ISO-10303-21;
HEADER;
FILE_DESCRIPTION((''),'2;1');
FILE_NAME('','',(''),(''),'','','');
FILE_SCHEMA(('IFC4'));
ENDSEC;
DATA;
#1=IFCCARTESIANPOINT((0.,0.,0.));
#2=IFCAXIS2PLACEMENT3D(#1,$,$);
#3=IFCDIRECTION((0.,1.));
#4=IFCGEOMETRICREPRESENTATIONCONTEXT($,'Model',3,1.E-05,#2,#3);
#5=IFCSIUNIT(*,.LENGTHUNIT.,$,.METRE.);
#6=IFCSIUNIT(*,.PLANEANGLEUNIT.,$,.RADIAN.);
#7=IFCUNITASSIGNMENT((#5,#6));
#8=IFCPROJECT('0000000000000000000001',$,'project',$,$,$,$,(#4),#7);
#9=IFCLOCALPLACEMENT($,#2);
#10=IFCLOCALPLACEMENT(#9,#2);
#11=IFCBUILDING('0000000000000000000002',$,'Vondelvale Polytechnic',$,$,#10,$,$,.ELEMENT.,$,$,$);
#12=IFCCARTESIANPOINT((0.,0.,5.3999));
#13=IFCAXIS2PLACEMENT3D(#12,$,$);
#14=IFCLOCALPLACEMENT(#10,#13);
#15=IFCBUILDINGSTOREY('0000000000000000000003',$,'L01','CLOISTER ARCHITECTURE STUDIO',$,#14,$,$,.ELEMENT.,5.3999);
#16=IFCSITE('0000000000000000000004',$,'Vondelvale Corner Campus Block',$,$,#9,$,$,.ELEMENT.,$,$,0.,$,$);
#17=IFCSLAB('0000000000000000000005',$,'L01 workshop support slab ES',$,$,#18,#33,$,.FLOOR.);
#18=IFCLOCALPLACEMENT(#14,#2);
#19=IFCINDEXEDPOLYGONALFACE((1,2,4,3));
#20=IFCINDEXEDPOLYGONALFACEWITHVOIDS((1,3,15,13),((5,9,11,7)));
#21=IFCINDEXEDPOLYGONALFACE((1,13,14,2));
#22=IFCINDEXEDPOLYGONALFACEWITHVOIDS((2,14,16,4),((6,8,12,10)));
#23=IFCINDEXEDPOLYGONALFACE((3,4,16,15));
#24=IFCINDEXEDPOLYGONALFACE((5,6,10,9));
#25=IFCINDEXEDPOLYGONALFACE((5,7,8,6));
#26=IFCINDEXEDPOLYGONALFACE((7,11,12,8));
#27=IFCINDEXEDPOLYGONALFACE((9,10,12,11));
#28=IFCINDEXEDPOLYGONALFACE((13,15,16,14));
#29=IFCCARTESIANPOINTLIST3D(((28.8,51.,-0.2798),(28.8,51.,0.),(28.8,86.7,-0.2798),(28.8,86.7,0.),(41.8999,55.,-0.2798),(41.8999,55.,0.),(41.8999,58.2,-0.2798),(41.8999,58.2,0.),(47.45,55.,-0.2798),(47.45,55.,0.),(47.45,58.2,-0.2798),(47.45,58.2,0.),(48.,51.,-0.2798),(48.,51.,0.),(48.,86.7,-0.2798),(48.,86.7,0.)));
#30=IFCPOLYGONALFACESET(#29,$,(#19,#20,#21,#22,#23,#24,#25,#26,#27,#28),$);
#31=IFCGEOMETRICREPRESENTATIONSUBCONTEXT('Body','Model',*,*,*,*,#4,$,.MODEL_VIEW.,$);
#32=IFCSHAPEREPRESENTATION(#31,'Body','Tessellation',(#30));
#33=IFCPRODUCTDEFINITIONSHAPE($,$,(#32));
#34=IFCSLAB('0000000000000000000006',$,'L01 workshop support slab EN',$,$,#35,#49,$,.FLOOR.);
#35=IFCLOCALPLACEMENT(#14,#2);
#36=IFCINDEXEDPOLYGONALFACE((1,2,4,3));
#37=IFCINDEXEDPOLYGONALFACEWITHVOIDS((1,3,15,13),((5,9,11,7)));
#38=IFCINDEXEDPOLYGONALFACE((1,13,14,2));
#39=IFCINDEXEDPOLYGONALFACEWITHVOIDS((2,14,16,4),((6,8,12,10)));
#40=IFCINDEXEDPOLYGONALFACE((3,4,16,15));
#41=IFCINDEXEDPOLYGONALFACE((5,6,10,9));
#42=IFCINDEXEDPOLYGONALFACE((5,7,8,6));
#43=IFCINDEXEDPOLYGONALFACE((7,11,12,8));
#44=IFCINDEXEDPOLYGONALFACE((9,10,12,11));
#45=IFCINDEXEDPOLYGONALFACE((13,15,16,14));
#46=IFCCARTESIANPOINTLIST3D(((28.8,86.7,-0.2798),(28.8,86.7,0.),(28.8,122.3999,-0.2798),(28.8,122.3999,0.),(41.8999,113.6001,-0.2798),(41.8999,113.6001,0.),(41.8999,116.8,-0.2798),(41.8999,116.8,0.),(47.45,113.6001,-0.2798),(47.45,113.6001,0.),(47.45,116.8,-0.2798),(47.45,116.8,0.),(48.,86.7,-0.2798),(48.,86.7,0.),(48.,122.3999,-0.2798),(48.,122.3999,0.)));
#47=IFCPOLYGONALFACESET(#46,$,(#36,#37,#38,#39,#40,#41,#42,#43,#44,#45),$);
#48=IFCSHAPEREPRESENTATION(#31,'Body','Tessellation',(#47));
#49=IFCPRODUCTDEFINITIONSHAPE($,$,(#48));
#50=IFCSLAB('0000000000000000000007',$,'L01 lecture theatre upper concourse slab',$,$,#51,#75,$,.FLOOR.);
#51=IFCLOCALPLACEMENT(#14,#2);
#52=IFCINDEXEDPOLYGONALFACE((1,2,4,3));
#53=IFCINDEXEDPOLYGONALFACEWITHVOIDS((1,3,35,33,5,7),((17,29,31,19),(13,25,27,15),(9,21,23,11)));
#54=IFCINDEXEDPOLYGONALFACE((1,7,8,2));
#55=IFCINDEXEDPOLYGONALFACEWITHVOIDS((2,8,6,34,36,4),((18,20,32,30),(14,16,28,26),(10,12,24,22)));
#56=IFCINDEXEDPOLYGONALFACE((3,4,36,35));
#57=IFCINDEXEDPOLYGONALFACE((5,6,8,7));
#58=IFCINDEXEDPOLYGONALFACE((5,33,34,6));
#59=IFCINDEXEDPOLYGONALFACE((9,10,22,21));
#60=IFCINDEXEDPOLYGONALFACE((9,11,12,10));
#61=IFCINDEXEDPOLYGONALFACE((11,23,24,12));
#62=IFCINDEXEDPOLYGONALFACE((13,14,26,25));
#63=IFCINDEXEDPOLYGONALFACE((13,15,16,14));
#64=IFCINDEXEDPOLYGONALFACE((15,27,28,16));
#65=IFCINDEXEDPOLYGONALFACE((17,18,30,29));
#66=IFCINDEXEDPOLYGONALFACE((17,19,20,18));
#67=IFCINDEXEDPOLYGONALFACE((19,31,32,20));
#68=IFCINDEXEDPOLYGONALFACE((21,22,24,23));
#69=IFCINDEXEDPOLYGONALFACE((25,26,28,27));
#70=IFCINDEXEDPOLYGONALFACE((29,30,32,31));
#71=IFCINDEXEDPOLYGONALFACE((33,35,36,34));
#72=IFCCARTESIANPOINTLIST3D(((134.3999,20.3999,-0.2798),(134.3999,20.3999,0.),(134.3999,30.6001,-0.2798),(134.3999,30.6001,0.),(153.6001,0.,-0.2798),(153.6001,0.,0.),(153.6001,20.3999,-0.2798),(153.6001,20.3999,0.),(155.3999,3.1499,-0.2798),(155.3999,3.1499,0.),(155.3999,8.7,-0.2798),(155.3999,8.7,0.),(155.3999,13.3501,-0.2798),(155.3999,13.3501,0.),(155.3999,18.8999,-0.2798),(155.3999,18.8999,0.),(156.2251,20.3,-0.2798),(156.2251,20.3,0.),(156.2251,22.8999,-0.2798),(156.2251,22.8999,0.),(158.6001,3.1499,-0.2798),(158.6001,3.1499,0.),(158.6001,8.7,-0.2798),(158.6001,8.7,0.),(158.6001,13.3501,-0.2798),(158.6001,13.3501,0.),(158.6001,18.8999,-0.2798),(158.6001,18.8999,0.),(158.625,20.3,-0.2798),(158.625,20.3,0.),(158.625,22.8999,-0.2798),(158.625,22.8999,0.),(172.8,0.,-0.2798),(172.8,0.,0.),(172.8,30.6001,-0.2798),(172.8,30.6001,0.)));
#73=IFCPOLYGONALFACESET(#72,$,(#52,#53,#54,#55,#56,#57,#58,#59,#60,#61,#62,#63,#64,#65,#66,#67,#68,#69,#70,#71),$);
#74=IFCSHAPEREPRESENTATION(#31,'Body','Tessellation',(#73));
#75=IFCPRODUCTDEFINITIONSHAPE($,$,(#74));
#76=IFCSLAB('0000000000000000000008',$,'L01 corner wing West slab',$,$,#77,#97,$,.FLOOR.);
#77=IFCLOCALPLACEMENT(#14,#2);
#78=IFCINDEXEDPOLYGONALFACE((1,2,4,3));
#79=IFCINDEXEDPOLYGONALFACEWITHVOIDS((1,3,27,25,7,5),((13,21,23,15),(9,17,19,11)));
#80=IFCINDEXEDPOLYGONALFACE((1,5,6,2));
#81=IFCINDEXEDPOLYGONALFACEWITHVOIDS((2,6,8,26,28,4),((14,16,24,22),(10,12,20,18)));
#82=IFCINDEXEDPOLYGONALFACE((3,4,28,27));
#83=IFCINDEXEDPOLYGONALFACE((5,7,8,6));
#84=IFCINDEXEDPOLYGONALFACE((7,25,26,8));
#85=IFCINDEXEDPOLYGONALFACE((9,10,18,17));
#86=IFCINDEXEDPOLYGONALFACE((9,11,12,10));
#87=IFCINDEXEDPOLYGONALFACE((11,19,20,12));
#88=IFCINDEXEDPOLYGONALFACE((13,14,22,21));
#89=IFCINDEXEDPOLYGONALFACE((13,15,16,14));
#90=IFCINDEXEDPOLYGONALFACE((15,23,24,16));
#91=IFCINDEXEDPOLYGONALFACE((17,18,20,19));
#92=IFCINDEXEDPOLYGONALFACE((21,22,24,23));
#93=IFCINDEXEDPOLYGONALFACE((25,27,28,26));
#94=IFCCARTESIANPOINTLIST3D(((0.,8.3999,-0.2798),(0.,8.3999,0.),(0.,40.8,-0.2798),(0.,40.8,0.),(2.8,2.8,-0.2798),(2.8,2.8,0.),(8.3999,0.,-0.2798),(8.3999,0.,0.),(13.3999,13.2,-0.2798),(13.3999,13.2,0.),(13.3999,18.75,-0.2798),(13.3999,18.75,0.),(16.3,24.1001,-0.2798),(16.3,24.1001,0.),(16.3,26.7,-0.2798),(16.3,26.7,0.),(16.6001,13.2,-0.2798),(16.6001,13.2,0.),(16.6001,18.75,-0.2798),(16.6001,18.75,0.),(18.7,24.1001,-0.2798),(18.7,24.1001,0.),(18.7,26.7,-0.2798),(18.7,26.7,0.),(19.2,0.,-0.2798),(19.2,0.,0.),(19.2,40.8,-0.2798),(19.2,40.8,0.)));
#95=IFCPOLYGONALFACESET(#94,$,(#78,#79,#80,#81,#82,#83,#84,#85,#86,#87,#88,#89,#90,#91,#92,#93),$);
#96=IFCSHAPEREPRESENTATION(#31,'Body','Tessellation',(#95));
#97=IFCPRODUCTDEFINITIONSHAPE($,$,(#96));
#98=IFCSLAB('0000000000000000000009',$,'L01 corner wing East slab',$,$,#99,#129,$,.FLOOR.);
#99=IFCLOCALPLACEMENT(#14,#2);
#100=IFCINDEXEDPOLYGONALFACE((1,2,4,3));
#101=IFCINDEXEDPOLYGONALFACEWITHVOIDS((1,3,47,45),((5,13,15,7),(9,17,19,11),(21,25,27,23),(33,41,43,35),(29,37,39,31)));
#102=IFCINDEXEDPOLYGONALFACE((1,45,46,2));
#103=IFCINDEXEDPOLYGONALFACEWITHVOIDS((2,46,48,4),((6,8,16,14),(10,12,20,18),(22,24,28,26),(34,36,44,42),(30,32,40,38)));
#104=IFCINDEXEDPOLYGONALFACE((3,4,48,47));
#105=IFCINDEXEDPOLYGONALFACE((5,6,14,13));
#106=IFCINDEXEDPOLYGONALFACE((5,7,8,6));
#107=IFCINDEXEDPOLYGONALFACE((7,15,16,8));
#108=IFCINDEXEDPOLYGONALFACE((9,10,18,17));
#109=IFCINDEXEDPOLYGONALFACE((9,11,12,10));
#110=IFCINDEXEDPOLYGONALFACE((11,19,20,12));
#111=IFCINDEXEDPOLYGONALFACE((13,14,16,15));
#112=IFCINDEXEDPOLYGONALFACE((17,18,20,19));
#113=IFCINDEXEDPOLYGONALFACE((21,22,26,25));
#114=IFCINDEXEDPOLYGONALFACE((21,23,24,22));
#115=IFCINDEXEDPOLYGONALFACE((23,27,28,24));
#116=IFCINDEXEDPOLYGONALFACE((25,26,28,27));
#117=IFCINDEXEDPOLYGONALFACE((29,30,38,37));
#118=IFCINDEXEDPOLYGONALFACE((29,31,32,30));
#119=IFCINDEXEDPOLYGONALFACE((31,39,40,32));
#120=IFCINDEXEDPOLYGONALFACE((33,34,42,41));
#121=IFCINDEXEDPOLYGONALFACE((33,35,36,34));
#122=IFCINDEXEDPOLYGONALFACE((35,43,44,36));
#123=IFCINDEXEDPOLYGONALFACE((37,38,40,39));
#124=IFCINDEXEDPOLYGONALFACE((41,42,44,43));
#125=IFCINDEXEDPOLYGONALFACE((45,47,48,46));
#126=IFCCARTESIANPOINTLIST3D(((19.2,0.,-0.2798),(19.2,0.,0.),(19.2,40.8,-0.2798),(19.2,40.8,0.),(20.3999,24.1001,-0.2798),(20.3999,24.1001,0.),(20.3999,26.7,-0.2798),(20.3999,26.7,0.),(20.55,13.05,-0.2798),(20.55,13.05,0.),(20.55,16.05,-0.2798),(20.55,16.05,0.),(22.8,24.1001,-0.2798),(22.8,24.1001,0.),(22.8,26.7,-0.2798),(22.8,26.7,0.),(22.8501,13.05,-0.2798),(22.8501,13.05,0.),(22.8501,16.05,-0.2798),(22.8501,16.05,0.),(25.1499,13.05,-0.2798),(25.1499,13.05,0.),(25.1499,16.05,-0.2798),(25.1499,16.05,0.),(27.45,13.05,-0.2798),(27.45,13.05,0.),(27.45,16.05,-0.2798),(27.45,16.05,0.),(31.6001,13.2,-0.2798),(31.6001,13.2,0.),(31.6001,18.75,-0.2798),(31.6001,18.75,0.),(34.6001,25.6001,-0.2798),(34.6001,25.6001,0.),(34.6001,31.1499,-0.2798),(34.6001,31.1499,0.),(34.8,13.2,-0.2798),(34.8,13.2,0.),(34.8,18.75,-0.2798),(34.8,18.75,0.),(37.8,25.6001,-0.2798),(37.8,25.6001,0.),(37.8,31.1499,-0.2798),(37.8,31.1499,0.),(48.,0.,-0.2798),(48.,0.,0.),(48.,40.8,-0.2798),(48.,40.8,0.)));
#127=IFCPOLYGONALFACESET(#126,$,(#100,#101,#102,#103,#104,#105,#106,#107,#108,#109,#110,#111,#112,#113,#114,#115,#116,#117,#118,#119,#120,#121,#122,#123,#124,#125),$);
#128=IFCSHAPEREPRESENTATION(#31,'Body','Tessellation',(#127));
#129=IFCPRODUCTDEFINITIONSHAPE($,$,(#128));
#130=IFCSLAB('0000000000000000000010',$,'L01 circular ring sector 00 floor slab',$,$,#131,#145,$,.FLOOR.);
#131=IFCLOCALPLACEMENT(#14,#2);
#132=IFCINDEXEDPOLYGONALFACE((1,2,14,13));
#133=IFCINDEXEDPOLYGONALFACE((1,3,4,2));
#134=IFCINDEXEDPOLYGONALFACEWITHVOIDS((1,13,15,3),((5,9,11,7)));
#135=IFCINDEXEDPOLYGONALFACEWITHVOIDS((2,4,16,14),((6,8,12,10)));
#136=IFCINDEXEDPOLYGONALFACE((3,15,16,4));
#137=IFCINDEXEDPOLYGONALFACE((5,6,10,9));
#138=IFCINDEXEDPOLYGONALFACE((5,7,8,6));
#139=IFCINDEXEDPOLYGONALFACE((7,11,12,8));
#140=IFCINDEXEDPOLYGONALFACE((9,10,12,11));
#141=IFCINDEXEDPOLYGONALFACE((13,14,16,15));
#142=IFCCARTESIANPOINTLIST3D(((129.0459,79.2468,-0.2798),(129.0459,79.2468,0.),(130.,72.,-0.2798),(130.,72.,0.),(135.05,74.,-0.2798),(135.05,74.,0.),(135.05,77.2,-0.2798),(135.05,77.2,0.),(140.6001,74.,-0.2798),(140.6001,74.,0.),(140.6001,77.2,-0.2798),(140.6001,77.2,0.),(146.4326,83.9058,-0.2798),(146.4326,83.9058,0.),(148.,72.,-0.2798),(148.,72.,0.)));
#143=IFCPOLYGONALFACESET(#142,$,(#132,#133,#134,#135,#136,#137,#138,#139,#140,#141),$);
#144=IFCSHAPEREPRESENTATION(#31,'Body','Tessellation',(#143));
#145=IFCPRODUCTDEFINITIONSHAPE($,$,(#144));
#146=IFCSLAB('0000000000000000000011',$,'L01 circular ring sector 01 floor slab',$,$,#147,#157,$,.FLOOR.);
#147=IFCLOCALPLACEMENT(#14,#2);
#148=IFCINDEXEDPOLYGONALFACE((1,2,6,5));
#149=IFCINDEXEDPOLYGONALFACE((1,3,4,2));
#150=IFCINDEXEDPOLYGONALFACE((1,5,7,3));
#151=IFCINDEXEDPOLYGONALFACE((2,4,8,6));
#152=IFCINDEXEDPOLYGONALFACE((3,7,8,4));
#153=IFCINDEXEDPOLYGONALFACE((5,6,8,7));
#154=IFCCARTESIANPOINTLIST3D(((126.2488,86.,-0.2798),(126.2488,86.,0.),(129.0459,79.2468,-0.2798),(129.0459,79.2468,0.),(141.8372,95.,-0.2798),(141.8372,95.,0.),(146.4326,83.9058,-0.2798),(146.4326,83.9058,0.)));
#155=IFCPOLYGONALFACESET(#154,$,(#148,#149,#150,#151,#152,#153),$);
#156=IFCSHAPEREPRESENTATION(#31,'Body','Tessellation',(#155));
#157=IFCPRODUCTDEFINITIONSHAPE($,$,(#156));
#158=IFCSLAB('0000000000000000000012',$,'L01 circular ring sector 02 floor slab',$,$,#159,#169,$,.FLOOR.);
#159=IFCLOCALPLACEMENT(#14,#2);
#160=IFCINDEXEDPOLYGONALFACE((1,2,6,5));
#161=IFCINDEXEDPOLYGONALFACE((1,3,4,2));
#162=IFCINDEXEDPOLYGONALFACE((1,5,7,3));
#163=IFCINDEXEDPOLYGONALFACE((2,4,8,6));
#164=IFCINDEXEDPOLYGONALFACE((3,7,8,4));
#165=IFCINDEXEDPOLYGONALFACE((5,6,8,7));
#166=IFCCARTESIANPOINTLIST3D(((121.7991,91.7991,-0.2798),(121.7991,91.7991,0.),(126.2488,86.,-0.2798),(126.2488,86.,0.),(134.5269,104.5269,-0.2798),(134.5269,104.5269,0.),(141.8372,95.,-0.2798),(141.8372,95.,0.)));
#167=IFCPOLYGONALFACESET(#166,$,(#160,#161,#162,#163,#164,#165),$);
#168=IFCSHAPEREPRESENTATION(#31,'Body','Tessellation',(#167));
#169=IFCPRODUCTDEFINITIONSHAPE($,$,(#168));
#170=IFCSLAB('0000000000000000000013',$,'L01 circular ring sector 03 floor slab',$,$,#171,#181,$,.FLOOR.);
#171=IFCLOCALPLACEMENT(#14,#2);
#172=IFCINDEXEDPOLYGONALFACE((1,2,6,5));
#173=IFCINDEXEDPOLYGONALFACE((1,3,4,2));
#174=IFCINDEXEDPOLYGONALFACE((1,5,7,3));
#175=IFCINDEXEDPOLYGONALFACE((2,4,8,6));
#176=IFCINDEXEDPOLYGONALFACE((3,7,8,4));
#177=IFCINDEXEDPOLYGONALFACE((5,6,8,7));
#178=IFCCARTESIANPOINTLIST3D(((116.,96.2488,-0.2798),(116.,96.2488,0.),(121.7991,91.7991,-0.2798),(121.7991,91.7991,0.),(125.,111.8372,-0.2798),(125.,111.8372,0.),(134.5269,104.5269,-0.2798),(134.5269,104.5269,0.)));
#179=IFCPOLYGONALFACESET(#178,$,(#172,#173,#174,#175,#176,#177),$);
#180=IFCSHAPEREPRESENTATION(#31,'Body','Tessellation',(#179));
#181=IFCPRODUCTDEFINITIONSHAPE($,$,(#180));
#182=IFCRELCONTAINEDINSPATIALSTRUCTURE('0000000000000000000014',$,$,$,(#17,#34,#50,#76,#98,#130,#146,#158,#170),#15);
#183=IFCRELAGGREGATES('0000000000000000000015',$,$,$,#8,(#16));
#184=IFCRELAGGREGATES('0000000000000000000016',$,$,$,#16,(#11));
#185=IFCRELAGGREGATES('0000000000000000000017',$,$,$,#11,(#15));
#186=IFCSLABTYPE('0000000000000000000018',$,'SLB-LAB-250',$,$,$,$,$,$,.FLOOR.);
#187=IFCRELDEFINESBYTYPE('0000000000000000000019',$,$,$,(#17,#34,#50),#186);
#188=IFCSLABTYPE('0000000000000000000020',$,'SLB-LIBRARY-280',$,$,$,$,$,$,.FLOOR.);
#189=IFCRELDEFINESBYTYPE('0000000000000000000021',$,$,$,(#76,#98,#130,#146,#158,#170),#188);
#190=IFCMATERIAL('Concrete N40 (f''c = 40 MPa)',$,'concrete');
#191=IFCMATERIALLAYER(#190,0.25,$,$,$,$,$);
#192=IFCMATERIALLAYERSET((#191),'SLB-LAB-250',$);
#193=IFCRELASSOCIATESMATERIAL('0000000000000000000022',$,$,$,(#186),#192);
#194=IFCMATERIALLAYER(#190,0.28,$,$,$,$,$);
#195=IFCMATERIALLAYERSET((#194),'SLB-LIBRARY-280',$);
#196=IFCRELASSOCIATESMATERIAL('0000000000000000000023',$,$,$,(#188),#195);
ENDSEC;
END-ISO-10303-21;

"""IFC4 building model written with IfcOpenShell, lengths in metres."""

from ifc_helpers import new_model, si_unit, direction, frame, origin, place, context, subcontext, project, spatial, polyline, outline, extrude, material, layer, layer_set, type_object, element, save


model = new_model("IFC4")

# Units and contexts
model_context = context("Model", 3, precision=1e-05, world=origin(), true_north=direction((0.0, 1.0)))
body_context = subcontext(model_context, "Body", "Model", "MODEL_VIEW")
ifc_project = project(units=[si_unit("LENGTHUNIT", "METRE"), si_unit("PLANEANGLEUNIT", "RADIAN")], contexts=[model_context])

# Site, building, storey
site_placement = place(None, origin())
site = spatial("IfcSite", under=ifc_project, at=site_placement, Name="Vondelvale Corner Campus Block", CompositionType="ELEMENT", RefElevation=0.0)
building_placement = place(site_placement, origin())
building = spatial("IfcBuilding", under=site, at=building_placement, Name="Vondelvale Polytechnic", CompositionType="ELEMENT")
storey_placement = place(building_placement, frame((0.0, 0.0, 5.3999)))
storey = spatial("IfcBuildingStorey", under=building, at=storey_placement, Name="L01", Description="CLOISTER ARCHITECTURE STUDIO", CompositionType="ELEMENT", Elevation=5.3999)

# Slabs
ifc_material = material(Name="Concrete N40 (f'c = 40 MPa)", Category="concrete")
ifc_layer_1 = layer(ifc_material, 0.25)
ifc_layer_set_1 = layer_set([ifc_layer_1], Name="SLB-LAB-250")
slab_type_1 = type_object("IfcSlabType", Name="SLB-LAB-250", PredefinedType="FLOOR", material=ifc_layer_set_1)
slab_1_placement = place(storey_placement, frame((0.0, 0.0, -0.2798)))
element("IfcSlab", 1, at=slab_1_placement, inside=storey, type_object=slab_type_1, Name="L01 workshop support slab ES", PredefinedType="FLOOR", context=body_context, shape_type="SweptSolid", body=[
    extrude(outline(polyline([(28.8, 51.0), (48.0, 51.0), (48.0, 86.7), (28.8, 86.7), (28.8, 51.0)]), holes=[polyline([(41.8999, 55.0), (47.45, 55.0), (47.45, 58.2), (41.8999, 58.2), (41.8999, 55.0)])]), origin(), (0.0, 0.0, 1.0), 0.2798),
])
slab_2_placement = place(storey_placement, frame((0.0, 0.0, -0.2798)))
element("IfcSlab", 2, at=slab_2_placement, inside=storey, type_object=slab_type_1, Name="L01 workshop support slab EN", PredefinedType="FLOOR", context=body_context, shape_type="SweptSolid", body=[
    extrude(outline(polyline([(28.8, 86.7), (48.0, 86.7), (48.0, 122.3999), (28.8, 122.3999), (28.8, 86.7)]), holes=[polyline([(41.8999, 113.6001), (47.45, 113.6001), (47.45, 116.8), (41.8999, 116.8), (41.8999, 113.6001)])]), origin(), (0.0, 0.0, 1.0), 0.2798),
])
slab_3_placement = place(storey_placement, frame((0.0, 0.0, -0.2798)))
element("IfcSlab", 3, at=slab_3_placement, inside=storey, type_object=slab_type_1, Name="L01 lecture theatre upper concourse slab", PredefinedType="FLOOR", context=body_context, shape_type="SweptSolid", body=[
    extrude(outline(polyline([(153.6001, 0.0), (172.8, 0.0), (172.8, 30.6001), (134.3999, 30.6001), (134.3999, 20.3999), (153.6001, 20.3999), (153.6001, 0.0)]), holes=[polyline([(158.6001, 3.1499), (158.6001, 8.7), (155.3999, 8.7), (155.3999, 3.1499), (158.6001, 3.1499)]), polyline([(158.6001, 13.3501), (158.6001, 18.8999), (155.3999, 18.8999), (155.3999, 13.3501), (158.6001, 13.3501)]), polyline([(156.2251, 20.3), (158.625, 20.3), (158.625, 22.8999), (156.2251, 22.8999), (156.2251, 20.3)])]), origin(), (0.0, 0.0, 1.0), 0.2798),
])
ifc_layer_2 = layer(ifc_material, 0.28)
ifc_layer_set_2 = layer_set([ifc_layer_2], Name="SLB-LIBRARY-280")
slab_type_2 = type_object("IfcSlabType", Name="SLB-LIBRARY-280", PredefinedType="FLOOR", material=ifc_layer_set_2)
slab_4_placement = place(storey_placement, frame((0.0, 0.0, -0.2798)))
element("IfcSlab", 4, at=slab_4_placement, inside=storey, type_object=slab_type_2, Name="L01 corner wing West slab", PredefinedType="FLOOR", context=body_context, shape_type="SweptSolid", body=[
    extrude(outline(polyline([(8.3999, 0.0), (19.2, 0.0), (19.2, 40.8), (0.0, 40.8), (0.0, 8.3999), (2.8, 2.8), (8.3999, 0.0)]), holes=[polyline([(13.3999, 18.75), (13.3999, 13.2), (16.6001, 13.2), (16.6001, 18.75), (13.3999, 18.75)]), polyline([(16.3, 24.1001), (18.7, 24.1001), (18.7, 26.7), (16.3, 26.7), (16.3, 24.1001)])]), origin(), (0.0, 0.0, 1.0), 0.2798),
])
slab_5_placement = place(storey_placement, frame((0.0, 0.0, -0.2798)))
element("IfcSlab", 5, at=slab_5_placement, inside=storey, type_object=slab_type_2, Name="L01 corner wing East slab", PredefinedType="FLOOR", context=body_context, shape_type="SweptSolid", body=[
    extrude(outline(polyline([(19.2, 0.0), (48.0, 0.0), (48.0, 40.8), (19.2, 40.8), (19.2, 0.0)]), holes=[polyline([(31.6001, 18.75), (31.6001, 13.2), (34.8, 13.2), (34.8, 18.75), (31.6001, 18.75)]), polyline([(37.8, 25.6001), (37.8, 31.1499), (34.6001, 31.1499), (34.6001, 25.6001), (37.8, 25.6001)]), polyline([(20.55, 13.05), (22.8501, 13.05), (22.8501, 16.05), (20.55, 16.05), (20.55, 13.05)]), polyline([(25.1499, 13.05), (27.45, 13.05), (27.45, 16.05), (25.1499, 16.05), (25.1499, 13.05)]), polyline([(20.3999, 24.1001), (22.8, 24.1001), (22.8, 26.7), (20.3999, 26.7), (20.3999, 24.1001)])]), origin(), (0.0, 0.0, 1.0), 0.2798),
])
slab_6_placement = place(storey_placement, frame((0.0, 0.0, -0.2798)))
element("IfcSlab", 6, at=slab_6_placement, inside=storey, type_object=slab_type_2, Name="L01 circular ring sector 00 floor slab", PredefinedType="FLOOR", context=body_context, shape_type="SweptSolid", body=[
    extrude(outline(polyline([(130.0, 72.0), (148.0, 72.0), (146.4326, 83.9058), (129.0459, 79.2468), (130.0, 72.0)]), holes=[polyline([(135.05, 74.0), (140.6001, 74.0), (140.6001, 77.2), (135.05, 77.2), (135.05, 74.0)])]), origin(), (0.0, 0.0, 1.0), 0.2798),
])
slab_7_placement = place(storey_placement, frame((0.0, 0.0, -0.2798)))
element("IfcSlab", 7, at=slab_7_placement, inside=storey, type_object=slab_type_2, Name="L01 circular ring sector 01 floor slab", PredefinedType="FLOOR", context=body_context, shape_type="SweptSolid", body=[
    extrude(outline(polyline([(129.0459, 79.2468), (146.4326, 83.9058), (141.8372, 95.0), (126.2488, 86.0), (129.0459, 79.2468)])), origin(), (0.0, 0.0, 1.0), 0.2798),
])
slab_8_placement = place(storey_placement, frame((0.0, 0.0, -0.2798)))
element("IfcSlab", 8, at=slab_8_placement, inside=storey, type_object=slab_type_2, Name="L01 circular ring sector 02 floor slab", PredefinedType="FLOOR", context=body_context, shape_type="SweptSolid", body=[
    extrude(outline(polyline([(126.2488, 86.0), (141.8372, 95.0), (134.5269, 104.5269), (121.7991, 91.7991), (126.2488, 86.0)])), origin(), (0.0, 0.0, 1.0), 0.2798),
])
slab_9_placement = place(storey_placement, frame((0.0, 0.0, -0.2798)))
element("IfcSlab", 9, at=slab_9_placement, inside=storey, type_object=slab_type_2, Name="L01 circular ring sector 03 floor slab", PredefinedType="FLOOR", context=body_context, shape_type="SweptSolid", body=[
    extrude(outline(polyline([(121.7991, 91.7991), (134.5269, 104.5269), (125.0, 111.8372), (116.0, 96.2488), (121.7991, 91.7991)])), origin(), (0.0, 0.0, 1.0), 0.2798),
])

save(model, "model.ifc")
